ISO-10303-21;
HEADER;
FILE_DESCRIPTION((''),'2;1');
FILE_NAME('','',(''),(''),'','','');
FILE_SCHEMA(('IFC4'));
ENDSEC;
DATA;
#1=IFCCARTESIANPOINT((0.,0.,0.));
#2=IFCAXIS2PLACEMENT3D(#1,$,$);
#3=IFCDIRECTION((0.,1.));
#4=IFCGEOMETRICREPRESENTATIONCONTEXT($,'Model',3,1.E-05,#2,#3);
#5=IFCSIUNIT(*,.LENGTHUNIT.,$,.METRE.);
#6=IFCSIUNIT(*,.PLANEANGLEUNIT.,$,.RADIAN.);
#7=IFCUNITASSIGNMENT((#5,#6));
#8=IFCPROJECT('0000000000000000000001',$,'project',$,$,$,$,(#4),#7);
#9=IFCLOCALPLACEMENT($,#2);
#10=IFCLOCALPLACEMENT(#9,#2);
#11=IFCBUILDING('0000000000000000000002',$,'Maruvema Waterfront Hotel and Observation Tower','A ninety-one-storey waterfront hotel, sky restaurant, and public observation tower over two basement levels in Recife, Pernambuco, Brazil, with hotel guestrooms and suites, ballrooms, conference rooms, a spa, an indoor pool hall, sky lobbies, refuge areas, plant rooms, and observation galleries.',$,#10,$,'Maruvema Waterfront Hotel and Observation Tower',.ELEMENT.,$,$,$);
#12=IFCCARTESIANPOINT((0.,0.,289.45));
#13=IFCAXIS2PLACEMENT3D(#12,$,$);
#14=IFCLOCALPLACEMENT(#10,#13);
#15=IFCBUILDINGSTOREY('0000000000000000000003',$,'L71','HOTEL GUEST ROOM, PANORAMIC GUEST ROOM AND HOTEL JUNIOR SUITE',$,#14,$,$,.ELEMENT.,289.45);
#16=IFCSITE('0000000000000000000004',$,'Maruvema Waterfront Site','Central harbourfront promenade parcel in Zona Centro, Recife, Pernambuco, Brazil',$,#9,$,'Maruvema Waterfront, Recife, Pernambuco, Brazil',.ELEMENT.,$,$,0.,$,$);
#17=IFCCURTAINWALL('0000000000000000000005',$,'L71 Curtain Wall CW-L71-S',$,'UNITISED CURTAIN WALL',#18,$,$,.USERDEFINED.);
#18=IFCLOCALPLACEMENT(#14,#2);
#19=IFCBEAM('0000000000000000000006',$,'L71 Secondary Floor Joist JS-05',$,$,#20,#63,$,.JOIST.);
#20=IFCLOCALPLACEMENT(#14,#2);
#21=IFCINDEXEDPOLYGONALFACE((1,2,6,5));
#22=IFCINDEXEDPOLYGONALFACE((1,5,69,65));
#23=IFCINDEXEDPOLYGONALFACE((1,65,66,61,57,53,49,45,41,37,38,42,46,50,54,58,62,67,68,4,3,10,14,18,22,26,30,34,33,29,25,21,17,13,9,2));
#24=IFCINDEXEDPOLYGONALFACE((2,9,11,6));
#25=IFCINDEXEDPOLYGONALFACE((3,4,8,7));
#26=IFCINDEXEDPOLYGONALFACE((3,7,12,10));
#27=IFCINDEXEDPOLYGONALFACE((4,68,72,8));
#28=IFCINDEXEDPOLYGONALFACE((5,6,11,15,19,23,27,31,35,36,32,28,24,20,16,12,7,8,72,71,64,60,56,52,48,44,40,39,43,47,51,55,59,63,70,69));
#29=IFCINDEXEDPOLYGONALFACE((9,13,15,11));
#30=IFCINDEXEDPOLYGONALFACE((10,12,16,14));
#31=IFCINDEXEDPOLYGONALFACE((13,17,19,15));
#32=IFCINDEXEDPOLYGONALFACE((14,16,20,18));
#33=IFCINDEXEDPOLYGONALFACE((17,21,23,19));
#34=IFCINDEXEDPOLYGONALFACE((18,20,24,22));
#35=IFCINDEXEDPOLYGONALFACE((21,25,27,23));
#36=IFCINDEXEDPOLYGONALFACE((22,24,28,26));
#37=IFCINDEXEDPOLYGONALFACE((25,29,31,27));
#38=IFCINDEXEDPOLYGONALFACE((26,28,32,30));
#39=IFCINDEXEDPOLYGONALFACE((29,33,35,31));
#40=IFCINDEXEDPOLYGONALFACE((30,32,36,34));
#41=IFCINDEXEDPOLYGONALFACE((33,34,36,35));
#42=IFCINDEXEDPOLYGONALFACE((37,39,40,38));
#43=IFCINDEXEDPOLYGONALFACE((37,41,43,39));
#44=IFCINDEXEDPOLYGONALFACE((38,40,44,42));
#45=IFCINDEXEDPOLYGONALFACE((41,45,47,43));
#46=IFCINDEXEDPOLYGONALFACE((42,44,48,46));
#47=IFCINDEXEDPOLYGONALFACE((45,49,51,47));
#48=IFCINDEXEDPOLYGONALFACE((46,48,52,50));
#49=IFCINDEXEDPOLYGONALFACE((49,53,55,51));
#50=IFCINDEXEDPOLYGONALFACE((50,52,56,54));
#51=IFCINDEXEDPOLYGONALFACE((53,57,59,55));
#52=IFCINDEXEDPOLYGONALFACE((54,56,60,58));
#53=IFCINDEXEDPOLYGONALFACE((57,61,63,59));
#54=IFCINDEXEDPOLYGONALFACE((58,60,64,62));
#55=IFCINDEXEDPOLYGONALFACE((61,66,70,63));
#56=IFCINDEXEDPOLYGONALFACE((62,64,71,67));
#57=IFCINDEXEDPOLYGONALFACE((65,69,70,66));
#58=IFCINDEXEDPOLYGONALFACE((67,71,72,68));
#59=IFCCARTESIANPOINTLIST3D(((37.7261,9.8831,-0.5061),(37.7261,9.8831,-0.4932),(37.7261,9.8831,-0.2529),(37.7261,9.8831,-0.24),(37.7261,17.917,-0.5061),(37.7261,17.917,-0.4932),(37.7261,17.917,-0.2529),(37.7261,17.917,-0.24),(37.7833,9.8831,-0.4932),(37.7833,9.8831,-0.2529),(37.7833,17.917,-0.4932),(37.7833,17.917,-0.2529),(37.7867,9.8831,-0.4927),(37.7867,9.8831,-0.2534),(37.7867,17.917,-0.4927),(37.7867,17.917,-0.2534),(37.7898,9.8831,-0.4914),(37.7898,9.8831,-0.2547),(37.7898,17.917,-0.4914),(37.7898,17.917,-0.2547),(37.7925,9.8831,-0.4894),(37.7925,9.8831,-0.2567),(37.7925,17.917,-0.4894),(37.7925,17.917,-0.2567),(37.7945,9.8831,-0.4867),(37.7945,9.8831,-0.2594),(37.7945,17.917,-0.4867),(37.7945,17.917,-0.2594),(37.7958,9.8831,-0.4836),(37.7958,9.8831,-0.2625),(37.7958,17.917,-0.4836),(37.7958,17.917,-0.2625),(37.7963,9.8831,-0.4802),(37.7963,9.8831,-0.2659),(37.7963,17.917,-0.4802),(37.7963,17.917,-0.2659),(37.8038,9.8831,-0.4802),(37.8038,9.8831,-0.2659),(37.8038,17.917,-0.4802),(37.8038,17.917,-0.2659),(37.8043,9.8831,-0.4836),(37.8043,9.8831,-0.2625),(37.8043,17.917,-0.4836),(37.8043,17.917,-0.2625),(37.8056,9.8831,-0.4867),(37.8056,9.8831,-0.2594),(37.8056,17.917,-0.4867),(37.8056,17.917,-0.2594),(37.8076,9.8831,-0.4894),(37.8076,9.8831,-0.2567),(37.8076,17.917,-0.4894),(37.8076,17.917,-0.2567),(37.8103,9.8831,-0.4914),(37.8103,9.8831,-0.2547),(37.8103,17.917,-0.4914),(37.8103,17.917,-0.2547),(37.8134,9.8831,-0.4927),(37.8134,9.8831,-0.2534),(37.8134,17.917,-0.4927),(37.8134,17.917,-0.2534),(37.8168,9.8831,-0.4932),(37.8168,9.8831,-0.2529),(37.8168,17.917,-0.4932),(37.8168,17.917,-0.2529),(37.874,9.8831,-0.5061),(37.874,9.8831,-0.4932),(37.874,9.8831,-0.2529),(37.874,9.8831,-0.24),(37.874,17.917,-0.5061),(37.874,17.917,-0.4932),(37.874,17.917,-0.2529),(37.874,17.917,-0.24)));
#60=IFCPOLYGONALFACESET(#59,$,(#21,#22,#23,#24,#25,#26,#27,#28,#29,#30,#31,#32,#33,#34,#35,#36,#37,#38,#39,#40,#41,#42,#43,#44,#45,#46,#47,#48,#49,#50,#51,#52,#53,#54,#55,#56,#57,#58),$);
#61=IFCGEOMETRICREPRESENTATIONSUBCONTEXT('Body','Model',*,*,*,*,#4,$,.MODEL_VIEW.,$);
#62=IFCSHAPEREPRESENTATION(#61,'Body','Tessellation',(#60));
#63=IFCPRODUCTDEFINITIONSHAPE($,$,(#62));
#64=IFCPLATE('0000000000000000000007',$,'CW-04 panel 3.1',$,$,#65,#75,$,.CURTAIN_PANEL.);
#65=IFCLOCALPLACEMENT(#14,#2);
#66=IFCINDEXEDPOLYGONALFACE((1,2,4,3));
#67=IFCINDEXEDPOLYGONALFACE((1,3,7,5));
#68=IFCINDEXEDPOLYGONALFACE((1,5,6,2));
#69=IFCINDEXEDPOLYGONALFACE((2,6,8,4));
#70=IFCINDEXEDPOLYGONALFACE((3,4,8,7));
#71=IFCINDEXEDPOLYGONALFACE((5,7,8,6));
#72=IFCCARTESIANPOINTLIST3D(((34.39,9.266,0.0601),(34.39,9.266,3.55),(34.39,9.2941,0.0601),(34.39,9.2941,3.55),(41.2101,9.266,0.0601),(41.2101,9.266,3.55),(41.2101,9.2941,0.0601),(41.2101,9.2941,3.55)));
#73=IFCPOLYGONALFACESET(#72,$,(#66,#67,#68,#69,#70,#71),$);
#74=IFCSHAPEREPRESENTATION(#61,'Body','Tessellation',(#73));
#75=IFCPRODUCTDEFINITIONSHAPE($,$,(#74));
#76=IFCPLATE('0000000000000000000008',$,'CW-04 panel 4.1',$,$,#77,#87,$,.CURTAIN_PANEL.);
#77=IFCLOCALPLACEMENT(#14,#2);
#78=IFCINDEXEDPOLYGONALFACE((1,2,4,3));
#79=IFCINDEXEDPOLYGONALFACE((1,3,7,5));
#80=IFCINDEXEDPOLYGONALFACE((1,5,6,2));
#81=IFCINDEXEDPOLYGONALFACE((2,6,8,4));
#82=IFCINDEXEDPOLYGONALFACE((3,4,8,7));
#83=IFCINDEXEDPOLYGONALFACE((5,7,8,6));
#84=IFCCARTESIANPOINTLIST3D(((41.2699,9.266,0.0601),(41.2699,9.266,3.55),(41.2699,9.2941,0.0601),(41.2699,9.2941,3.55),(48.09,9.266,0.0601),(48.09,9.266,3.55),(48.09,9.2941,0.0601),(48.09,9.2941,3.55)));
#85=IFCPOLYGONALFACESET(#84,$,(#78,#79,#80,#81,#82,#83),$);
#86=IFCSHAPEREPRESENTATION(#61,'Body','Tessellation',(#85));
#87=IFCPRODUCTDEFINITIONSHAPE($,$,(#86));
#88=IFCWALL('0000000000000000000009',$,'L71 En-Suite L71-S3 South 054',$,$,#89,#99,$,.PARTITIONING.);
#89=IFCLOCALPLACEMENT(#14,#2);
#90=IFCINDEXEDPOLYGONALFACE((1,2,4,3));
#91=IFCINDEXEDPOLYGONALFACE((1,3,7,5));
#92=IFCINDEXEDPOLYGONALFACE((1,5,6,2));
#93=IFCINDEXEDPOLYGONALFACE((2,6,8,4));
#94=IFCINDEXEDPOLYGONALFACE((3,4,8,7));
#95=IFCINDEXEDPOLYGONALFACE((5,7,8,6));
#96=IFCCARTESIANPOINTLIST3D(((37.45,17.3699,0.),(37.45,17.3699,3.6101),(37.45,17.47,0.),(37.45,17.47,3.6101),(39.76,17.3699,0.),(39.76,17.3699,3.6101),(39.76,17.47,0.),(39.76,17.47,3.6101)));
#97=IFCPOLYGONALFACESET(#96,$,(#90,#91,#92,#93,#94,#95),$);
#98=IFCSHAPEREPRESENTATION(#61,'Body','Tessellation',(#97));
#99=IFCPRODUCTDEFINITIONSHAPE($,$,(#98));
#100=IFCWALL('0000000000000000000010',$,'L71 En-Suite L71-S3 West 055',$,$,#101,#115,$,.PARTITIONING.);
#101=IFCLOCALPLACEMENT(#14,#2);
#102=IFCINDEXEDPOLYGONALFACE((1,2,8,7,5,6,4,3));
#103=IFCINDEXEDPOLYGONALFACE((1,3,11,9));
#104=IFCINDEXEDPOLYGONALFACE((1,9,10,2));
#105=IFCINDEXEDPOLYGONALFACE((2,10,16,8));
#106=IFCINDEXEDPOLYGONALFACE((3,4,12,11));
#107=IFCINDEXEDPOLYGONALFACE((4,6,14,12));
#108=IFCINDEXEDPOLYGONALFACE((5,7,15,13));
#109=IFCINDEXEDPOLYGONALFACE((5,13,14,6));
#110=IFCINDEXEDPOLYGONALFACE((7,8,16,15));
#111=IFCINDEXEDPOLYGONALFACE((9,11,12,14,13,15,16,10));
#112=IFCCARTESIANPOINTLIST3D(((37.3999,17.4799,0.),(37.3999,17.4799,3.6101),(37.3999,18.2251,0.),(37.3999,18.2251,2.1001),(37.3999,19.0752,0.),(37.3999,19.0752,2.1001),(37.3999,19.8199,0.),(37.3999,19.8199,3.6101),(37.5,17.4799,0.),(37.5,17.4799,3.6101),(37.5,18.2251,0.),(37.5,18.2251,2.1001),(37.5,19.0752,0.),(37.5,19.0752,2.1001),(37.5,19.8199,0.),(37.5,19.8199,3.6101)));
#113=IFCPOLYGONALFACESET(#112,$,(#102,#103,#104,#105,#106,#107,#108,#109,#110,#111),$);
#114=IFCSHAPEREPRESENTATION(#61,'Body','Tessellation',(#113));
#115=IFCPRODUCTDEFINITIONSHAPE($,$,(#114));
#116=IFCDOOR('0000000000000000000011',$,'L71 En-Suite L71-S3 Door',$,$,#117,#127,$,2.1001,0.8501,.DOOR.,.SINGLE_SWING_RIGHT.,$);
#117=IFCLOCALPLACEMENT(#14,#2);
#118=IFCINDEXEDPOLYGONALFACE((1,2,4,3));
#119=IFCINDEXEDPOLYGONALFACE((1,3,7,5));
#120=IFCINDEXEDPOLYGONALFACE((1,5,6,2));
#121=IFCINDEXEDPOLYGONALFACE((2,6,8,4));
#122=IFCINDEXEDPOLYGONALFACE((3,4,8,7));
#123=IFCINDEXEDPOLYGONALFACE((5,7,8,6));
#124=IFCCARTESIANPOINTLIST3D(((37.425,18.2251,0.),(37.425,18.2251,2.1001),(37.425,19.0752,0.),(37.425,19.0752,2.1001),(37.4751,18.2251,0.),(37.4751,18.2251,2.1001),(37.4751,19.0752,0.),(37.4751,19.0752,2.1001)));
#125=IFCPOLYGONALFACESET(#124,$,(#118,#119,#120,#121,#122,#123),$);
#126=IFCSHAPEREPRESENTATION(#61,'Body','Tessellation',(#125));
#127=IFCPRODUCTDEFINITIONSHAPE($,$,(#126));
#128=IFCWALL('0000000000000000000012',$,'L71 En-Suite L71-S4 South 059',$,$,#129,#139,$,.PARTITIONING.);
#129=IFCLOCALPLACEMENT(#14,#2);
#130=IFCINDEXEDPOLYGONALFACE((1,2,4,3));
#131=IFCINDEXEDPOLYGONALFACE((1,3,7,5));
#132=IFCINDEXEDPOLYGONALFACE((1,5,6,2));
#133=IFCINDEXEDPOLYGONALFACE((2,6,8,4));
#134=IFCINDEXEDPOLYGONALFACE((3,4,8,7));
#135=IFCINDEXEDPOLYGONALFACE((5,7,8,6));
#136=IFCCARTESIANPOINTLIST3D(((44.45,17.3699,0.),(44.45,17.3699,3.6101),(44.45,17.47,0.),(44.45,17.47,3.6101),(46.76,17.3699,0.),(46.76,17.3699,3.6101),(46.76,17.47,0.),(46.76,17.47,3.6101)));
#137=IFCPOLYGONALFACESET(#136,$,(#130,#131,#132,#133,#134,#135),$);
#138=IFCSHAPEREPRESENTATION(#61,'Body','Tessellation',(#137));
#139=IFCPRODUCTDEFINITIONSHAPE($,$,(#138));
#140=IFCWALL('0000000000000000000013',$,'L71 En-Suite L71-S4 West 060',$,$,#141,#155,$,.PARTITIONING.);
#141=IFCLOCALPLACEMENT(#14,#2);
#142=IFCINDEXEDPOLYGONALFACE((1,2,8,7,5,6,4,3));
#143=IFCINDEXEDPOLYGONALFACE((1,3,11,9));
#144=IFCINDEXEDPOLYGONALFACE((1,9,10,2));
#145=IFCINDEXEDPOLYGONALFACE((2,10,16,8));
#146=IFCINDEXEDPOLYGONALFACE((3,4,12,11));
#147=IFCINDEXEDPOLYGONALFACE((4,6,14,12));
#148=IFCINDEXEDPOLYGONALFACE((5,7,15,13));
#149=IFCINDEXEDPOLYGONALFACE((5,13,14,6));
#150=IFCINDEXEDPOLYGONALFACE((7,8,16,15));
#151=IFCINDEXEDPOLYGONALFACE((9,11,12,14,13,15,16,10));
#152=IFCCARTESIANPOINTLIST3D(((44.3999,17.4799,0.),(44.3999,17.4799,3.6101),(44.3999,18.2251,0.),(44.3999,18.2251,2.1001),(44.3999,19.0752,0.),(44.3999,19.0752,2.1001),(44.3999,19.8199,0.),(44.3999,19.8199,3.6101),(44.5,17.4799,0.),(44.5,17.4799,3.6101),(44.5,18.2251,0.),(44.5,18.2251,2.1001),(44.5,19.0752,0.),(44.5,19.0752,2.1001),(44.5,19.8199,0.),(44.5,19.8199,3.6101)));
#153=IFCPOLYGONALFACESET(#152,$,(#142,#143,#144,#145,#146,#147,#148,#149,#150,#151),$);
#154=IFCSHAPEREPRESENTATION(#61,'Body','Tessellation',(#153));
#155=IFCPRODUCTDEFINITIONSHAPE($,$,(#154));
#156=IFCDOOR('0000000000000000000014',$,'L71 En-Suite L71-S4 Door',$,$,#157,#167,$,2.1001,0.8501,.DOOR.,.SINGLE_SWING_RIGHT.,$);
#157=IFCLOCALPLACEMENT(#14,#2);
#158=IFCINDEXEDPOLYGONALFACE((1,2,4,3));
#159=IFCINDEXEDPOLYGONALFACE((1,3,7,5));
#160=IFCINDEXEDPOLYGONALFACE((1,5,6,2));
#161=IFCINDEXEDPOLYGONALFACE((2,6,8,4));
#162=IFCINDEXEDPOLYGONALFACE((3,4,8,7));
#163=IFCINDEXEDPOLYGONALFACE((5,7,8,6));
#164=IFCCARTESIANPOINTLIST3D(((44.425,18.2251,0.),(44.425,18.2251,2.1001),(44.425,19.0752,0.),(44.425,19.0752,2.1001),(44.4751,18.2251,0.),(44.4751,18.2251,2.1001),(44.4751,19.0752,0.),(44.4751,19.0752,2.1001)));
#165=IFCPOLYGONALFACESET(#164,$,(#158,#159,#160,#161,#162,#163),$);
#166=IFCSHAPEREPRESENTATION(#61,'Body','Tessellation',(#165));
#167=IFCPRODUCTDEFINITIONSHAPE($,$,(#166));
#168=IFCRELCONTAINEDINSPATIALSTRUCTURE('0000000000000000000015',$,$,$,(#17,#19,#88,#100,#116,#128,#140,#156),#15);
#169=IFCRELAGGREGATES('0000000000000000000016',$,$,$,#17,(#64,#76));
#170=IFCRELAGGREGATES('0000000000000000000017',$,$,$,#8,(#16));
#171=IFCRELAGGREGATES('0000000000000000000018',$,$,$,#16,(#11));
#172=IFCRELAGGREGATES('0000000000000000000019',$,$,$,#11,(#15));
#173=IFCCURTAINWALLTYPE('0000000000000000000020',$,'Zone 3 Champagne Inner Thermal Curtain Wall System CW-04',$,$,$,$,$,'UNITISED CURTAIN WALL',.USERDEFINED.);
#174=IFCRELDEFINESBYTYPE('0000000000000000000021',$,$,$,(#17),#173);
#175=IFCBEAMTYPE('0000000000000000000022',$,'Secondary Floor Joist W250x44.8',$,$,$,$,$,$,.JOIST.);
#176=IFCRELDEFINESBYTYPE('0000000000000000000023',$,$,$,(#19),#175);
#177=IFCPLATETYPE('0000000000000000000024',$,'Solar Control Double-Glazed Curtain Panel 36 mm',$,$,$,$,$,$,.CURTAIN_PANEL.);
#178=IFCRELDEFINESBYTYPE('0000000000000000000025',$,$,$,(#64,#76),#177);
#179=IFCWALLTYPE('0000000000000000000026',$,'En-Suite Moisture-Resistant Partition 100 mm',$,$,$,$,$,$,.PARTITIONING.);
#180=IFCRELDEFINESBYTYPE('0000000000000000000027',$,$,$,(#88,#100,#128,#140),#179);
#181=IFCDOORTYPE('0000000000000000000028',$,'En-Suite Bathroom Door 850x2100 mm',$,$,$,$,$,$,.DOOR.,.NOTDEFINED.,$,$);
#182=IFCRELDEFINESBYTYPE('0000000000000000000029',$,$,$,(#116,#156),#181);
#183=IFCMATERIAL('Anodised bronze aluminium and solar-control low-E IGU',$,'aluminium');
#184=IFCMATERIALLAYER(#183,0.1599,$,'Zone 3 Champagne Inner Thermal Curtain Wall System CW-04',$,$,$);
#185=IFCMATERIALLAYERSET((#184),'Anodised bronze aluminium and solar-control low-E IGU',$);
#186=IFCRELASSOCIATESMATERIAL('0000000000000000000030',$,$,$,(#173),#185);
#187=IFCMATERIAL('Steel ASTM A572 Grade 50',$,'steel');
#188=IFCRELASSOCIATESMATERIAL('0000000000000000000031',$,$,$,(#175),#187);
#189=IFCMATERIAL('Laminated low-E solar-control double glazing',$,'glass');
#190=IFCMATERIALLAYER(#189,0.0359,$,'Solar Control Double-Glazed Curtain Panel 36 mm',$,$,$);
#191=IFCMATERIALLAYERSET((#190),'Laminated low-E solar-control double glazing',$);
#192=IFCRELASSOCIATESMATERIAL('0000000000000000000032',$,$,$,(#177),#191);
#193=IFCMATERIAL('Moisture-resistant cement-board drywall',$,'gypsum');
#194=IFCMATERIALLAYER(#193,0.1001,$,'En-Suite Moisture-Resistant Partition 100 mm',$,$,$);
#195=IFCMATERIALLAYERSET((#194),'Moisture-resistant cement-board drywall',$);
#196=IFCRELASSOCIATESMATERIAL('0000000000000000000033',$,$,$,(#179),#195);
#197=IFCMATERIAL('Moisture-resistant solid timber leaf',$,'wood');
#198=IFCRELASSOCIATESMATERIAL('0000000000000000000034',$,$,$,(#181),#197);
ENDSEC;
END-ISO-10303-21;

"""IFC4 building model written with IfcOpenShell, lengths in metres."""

from ifc_helpers import new_model, si_unit, direction, frame, frame_2d, origin, origin_2d, place, context, subcontext, project, spatial, rectangle, i_section, extrude, material, layer, layer_set, material_profile, profile_set, type_object, element, fill, aggregate, save


model = new_model("IFC4")

# Units and contexts
model_context = context("Model", 3, precision=1e-05, world=origin(), true_north=direction((0.0, 1.0)))
body_context = subcontext(model_context, "Body", "Model", "MODEL_VIEW")
ifc_project = project(units=[si_unit("LENGTHUNIT", "METRE"), si_unit("PLANEANGLEUNIT", "RADIAN")], contexts=[model_context])

# Site, building, storey
site_placement = place(None, origin())
site = spatial("IfcSite", under=ifc_project, at=site_placement, Name="Maruvema Waterfront Site", Description="Central harbourfront promenade parcel in Zona Centro, Recife, Pernambuco, Brazil", LongName="Maruvema Waterfront, Recife, Pernambuco, Brazil", CompositionType="ELEMENT", RefElevation=0.0)
building_placement = place(site_placement, origin())
building = spatial("IfcBuilding", under=site, at=building_placement, Name="Maruvema Waterfront Hotel and Observation Tower", Description="A ninety-one-storey waterfront hotel, sky restaurant, and public observation tower over two basement levels in Recife, Pernambuco, Brazil, with hotel guestrooms and suites, ballrooms, conference rooms, a spa, an indoor pool hall, sky lobbies, refuge areas, plant rooms, and observation galleries.", LongName="Maruvema Waterfront Hotel and Observation Tower", CompositionType="ELEMENT")
storey_placement = place(building_placement, frame((0.0, 0.0, 289.45)))
storey = spatial("IfcBuildingStorey", under=building, at=storey_placement, Name="L71", Description="HOTEL GUEST ROOM, PANORAMIC GUEST ROOM AND HOTEL JUNIOR SUITE", CompositionType="ELEMENT", Elevation=289.45)

# Curtain wall
ifc_material_1 = material(Name="Anodised bronze aluminium and solar-control low-E IGU", Category="aluminium")
ifc_layer_1 = layer(ifc_material_1, 0.1599, Name="Zone 3 Champagne Inner Thermal Curtain Wall System CW-04")
ifc_layer_set_1 = layer_set([ifc_layer_1], Name="Anodised bronze aluminium and solar-control low-E IGU")
curtain_wall_type = type_object("IfcCurtainWallType", Name="Zone 3 Champagne Inner Thermal Curtain Wall System CW-04", ElementType="UNITISED CURTAIN WALL", PredefinedType="USERDEFINED", material=ifc_layer_set_1)
curtain_wall_placement = place(storey_placement, origin())
curtain_wall = element("IfcCurtainWall", 1, at=curtain_wall_placement, inside=storey, type_object=curtain_wall_type, Name="L71 Curtain Wall CW-L71-S", ObjectType="UNITISED CURTAIN WALL", PredefinedType="USERDEFINED")

# Beam
ifc_material_2 = material(Name="Steel ASTM A572 Grade 50", Category="steel")
ifc_material_profile_1 = material_profile(ifc_material_2, i_section(OverallWidth=0.1479, OverallDepth=0.2661, WebThickness=0.0076, FlangeThickness=0.0129, FilletRadius=0.0129, at=origin_2d()), Name="W250x44.8")
ifc_profile_set_1 = profile_set([ifc_material_profile_1], Name="Steel ASTM A572 Grade 50")
beam_type_1 = type_object("IfcBeamType", Name="Secondary Floor Joist W250x44.8", PredefinedType="JOIST", material=ifc_profile_set_1)
beam_1_placement = place(storey_placement, frame((37.8, 9.8831, -0.373), z_axis=(0.0, 1.0, 0.0), x_axis=(-1.0, 0.0, 0.0)))
element("IfcBeam", 2, at=beam_1_placement, inside=storey, type_object=beam_type_1, Name="L71 Secondary Floor Joist JS-05", PredefinedType="JOIST", context=body_context, shape_type="SweptSolid", body=[
    extrude(i_section(OverallWidth=0.1479, OverallDepth=0.2661, WebThickness=0.0076, FlangeThickness=0.0129, FilletRadius=0.0129, at=origin_2d()), origin(), (0.0, 0.0, 1.0), 8.0339),
])

# Plates
ifc_material_3 = material(Name="Laminated low-E solar-control double glazing", Category="glass")
ifc_layer_2 = layer(ifc_material_3, 0.0359, Name="Solar Control Double-Glazed Curtain Panel 36 mm")
ifc_layer_set_2 = layer_set([ifc_layer_2], Name="Laminated low-E solar-control double glazing")
plate_type = type_object("IfcPlateType", Name="Solar Control Double-Glazed Curtain Panel 36 mm", PredefinedType="CURTAIN_PANEL", material=ifc_layer_set_2)
plate_1_placement = place(storey_placement, frame((37.8, 9.28, 0.0601), z_axis=(0.0, 0.0, 1.0), x_axis=(1.0, 0.0, 0.0)))
plate_1 = element("IfcPlate", 3, at=plate_1_placement, type_object=plate_type, Name="CW-04 panel 3.1", PredefinedType="CURTAIN_PANEL", context=body_context, shape_type="SweptSolid", body=[
    extrude(rectangle(XDim=6.8201, YDim=0.0281, at=origin_2d()), origin(), (0.0, 0.0, 1.0), 3.49),
])
plate_2_placement = place(storey_placement, frame((44.6799, 9.28, 0.0601), z_axis=(0.0, 0.0, 1.0), x_axis=(1.0, 0.0, 0.0)))
plate_2 = element("IfcPlate", 4, at=plate_2_placement, type_object=plate_type, Name="CW-04 panel 4.1", PredefinedType="CURTAIN_PANEL", context=body_context, shape_type="SweptSolid", body=[
    extrude(rectangle(XDim=6.8201, YDim=0.0281, at=origin_2d()), origin(), (0.0, 0.0, 1.0), 3.49),
])
aggregate(curtain_wall, [plate_1, plate_2])

# Wall
ifc_material_4 = material(Name="Moisture-resistant cement-board drywall", Category="gypsum")
ifc_layer_3 = layer(ifc_material_4, 0.1001, Name="En-Suite Moisture-Resistant Partition 100 mm")
ifc_layer_set_3 = layer_set([ifc_layer_3], Name="Moisture-resistant cement-board drywall")
wall_type_1 = type_object("IfcWallType", Name="En-Suite Moisture-Resistant Partition 100 mm", PredefinedType="PARTITIONING", material=ifc_layer_set_3)
wall_1_placement = place(storey_placement, frame((37.45, 17.4199, 0.0), z_axis=(0.0, 0.0, 1.0), x_axis=(1.0, 0.0, 0.0)))
element("IfcWall", 5, at=wall_1_placement, inside=storey, type_object=wall_type_1, Name="L71 En-Suite L71-S3 South 054", PredefinedType="PARTITIONING", context=body_context, shape_type="SweptSolid", body=[
    extrude(rectangle(XDim=2.3101, YDim=0.1001, at=frame_2d((1.155, 0.0))), origin(), (0.0, 0.0, 1.0), 3.6101),
])

# Wall, opening, door
wall_2_placement = place(storey_placement, frame((37.45, 17.48, 0.0), z_axis=(0.0, 0.0, 1.0), x_axis=(0.0, 1.0, 0.0)))
wall_2 = element("IfcWall", 6, at=wall_2_placement, inside=storey, type_object=wall_type_1, Name="L71 En-Suite L71-S3 West 055", PredefinedType="PARTITIONING", context=body_context, shape_type="SweptSolid", body=[
    extrude(rectangle(XDim=2.3401, YDim=0.1001, at=frame_2d((1.1699, 0.0))), origin(), (0.0, 0.0, 1.0), 3.6101),
])
opening_1_placement = place(wall_2_placement, frame((0.7451, 0.0, 0.0)))
opening_1 = element("IfcOpeningElement", 7, at=opening_1_placement, cuts=wall_2, PredefinedType="OPENING", context=body_context, shape_type="SweptSolid", body=[
    extrude(rectangle(XDim=0.8501, YDim=2.1001, at=frame_2d((0.425, 1.05))), frame((0.0, 0.0601, 0.0), z_axis=(0.0, -1.0, 0.0), x_axis=(1.0, 0.0, 0.0)), (0.0, 0.0, 1.0), 0.1201),
])
ifc_material_5 = material(Name="Moisture-resistant solid timber leaf", Category="wood")
door_type_1 = type_object("IfcDoorType", Name="En-Suite Bathroom Door 850x2100 mm", OperationType="NOTDEFINED", PredefinedType="DOOR", material=ifc_material_5)
door_1_placement = place(opening_1_placement, origin())
door_1 = element("IfcDoor", 8, at=door_1_placement, inside=storey, type_object=door_type_1, Name="L71 En-Suite L71-S3 Door", OperationType="SINGLE_SWING_RIGHT", OverallHeight=2.1001, OverallWidth=0.8501, PredefinedType="DOOR", context=body_context, shape_type="SweptSolid", body=[
    extrude(rectangle(XDim=0.8501, YDim=2.1001, at=frame_2d((0.425, 1.05))), frame((0.0, 0.0249, 0.0), z_axis=(0.0, -1.0, 0.0), x_axis=(1.0, 0.0, 0.0)), (0.0, 0.0, 1.0), 0.05),
])
fill(opening_1, door_1)

# Wall
wall_3_placement = place(storey_placement, frame((44.45, 17.4199, 0.0), z_axis=(0.0, 0.0, 1.0), x_axis=(1.0, 0.0, 0.0)))
element("IfcWall", 9, at=wall_3_placement, inside=storey, type_object=wall_type_1, Name="L71 En-Suite L71-S4 South 059", PredefinedType="PARTITIONING", context=body_context, shape_type="SweptSolid", body=[
    extrude(rectangle(XDim=2.3101, YDim=0.1001, at=frame_2d((1.155, 0.0))), origin(), (0.0, 0.0, 1.0), 3.6101),
])

# Wall, opening, door
wall_4_placement = place(storey_placement, frame((44.45, 17.48, 0.0), z_axis=(0.0, 0.0, 1.0), x_axis=(0.0, 1.0, 0.0)))
wall_4 = element("IfcWall", 10, at=wall_4_placement, inside=storey, type_object=wall_type_1, Name="L71 En-Suite L71-S4 West 060", PredefinedType="PARTITIONING", context=body_context, shape_type="SweptSolid", body=[
    extrude(rectangle(XDim=2.3401, YDim=0.1001, at=frame_2d((1.1699, 0.0))), origin(), (0.0, 0.0, 1.0), 3.6101),
])
opening_2_placement = place(wall_4_placement, frame((0.7451, 0.0, 0.0)))
opening_2 = element("IfcOpeningElement", 11, at=opening_2_placement, cuts=wall_4, PredefinedType="OPENING", context=body_context, shape_type="SweptSolid", body=[
    extrude(rectangle(XDim=0.8501, YDim=2.1001, at=frame_2d((0.425, 1.05))), frame((0.0, 0.0601, 0.0), z_axis=(0.0, -1.0, 0.0), x_axis=(1.0, 0.0, 0.0)), (0.0, 0.0, 1.0), 0.1201),
])
door_2_placement = place(opening_2_placement, origin())
door_2 = element("IfcDoor", 12, at=door_2_placement, inside=storey, type_object=door_type_1, Name="L71 En-Suite L71-S4 Door", OperationType="SINGLE_SWING_RIGHT", OverallHeight=2.1001, OverallWidth=0.8501, PredefinedType="DOOR", context=body_context, shape_type="SweptSolid", body=[
    extrude(rectangle(XDim=0.8501, YDim=2.1001, at=frame_2d((0.425, 1.05))), frame((0.0, 0.0249, 0.0), z_axis=(0.0, -1.0, 0.0), x_axis=(1.0, 0.0, 0.0)), (0.0, 0.0, 1.0), 0.05),
])
fill(opening_2, door_2)

save(model, "model.ifc")
